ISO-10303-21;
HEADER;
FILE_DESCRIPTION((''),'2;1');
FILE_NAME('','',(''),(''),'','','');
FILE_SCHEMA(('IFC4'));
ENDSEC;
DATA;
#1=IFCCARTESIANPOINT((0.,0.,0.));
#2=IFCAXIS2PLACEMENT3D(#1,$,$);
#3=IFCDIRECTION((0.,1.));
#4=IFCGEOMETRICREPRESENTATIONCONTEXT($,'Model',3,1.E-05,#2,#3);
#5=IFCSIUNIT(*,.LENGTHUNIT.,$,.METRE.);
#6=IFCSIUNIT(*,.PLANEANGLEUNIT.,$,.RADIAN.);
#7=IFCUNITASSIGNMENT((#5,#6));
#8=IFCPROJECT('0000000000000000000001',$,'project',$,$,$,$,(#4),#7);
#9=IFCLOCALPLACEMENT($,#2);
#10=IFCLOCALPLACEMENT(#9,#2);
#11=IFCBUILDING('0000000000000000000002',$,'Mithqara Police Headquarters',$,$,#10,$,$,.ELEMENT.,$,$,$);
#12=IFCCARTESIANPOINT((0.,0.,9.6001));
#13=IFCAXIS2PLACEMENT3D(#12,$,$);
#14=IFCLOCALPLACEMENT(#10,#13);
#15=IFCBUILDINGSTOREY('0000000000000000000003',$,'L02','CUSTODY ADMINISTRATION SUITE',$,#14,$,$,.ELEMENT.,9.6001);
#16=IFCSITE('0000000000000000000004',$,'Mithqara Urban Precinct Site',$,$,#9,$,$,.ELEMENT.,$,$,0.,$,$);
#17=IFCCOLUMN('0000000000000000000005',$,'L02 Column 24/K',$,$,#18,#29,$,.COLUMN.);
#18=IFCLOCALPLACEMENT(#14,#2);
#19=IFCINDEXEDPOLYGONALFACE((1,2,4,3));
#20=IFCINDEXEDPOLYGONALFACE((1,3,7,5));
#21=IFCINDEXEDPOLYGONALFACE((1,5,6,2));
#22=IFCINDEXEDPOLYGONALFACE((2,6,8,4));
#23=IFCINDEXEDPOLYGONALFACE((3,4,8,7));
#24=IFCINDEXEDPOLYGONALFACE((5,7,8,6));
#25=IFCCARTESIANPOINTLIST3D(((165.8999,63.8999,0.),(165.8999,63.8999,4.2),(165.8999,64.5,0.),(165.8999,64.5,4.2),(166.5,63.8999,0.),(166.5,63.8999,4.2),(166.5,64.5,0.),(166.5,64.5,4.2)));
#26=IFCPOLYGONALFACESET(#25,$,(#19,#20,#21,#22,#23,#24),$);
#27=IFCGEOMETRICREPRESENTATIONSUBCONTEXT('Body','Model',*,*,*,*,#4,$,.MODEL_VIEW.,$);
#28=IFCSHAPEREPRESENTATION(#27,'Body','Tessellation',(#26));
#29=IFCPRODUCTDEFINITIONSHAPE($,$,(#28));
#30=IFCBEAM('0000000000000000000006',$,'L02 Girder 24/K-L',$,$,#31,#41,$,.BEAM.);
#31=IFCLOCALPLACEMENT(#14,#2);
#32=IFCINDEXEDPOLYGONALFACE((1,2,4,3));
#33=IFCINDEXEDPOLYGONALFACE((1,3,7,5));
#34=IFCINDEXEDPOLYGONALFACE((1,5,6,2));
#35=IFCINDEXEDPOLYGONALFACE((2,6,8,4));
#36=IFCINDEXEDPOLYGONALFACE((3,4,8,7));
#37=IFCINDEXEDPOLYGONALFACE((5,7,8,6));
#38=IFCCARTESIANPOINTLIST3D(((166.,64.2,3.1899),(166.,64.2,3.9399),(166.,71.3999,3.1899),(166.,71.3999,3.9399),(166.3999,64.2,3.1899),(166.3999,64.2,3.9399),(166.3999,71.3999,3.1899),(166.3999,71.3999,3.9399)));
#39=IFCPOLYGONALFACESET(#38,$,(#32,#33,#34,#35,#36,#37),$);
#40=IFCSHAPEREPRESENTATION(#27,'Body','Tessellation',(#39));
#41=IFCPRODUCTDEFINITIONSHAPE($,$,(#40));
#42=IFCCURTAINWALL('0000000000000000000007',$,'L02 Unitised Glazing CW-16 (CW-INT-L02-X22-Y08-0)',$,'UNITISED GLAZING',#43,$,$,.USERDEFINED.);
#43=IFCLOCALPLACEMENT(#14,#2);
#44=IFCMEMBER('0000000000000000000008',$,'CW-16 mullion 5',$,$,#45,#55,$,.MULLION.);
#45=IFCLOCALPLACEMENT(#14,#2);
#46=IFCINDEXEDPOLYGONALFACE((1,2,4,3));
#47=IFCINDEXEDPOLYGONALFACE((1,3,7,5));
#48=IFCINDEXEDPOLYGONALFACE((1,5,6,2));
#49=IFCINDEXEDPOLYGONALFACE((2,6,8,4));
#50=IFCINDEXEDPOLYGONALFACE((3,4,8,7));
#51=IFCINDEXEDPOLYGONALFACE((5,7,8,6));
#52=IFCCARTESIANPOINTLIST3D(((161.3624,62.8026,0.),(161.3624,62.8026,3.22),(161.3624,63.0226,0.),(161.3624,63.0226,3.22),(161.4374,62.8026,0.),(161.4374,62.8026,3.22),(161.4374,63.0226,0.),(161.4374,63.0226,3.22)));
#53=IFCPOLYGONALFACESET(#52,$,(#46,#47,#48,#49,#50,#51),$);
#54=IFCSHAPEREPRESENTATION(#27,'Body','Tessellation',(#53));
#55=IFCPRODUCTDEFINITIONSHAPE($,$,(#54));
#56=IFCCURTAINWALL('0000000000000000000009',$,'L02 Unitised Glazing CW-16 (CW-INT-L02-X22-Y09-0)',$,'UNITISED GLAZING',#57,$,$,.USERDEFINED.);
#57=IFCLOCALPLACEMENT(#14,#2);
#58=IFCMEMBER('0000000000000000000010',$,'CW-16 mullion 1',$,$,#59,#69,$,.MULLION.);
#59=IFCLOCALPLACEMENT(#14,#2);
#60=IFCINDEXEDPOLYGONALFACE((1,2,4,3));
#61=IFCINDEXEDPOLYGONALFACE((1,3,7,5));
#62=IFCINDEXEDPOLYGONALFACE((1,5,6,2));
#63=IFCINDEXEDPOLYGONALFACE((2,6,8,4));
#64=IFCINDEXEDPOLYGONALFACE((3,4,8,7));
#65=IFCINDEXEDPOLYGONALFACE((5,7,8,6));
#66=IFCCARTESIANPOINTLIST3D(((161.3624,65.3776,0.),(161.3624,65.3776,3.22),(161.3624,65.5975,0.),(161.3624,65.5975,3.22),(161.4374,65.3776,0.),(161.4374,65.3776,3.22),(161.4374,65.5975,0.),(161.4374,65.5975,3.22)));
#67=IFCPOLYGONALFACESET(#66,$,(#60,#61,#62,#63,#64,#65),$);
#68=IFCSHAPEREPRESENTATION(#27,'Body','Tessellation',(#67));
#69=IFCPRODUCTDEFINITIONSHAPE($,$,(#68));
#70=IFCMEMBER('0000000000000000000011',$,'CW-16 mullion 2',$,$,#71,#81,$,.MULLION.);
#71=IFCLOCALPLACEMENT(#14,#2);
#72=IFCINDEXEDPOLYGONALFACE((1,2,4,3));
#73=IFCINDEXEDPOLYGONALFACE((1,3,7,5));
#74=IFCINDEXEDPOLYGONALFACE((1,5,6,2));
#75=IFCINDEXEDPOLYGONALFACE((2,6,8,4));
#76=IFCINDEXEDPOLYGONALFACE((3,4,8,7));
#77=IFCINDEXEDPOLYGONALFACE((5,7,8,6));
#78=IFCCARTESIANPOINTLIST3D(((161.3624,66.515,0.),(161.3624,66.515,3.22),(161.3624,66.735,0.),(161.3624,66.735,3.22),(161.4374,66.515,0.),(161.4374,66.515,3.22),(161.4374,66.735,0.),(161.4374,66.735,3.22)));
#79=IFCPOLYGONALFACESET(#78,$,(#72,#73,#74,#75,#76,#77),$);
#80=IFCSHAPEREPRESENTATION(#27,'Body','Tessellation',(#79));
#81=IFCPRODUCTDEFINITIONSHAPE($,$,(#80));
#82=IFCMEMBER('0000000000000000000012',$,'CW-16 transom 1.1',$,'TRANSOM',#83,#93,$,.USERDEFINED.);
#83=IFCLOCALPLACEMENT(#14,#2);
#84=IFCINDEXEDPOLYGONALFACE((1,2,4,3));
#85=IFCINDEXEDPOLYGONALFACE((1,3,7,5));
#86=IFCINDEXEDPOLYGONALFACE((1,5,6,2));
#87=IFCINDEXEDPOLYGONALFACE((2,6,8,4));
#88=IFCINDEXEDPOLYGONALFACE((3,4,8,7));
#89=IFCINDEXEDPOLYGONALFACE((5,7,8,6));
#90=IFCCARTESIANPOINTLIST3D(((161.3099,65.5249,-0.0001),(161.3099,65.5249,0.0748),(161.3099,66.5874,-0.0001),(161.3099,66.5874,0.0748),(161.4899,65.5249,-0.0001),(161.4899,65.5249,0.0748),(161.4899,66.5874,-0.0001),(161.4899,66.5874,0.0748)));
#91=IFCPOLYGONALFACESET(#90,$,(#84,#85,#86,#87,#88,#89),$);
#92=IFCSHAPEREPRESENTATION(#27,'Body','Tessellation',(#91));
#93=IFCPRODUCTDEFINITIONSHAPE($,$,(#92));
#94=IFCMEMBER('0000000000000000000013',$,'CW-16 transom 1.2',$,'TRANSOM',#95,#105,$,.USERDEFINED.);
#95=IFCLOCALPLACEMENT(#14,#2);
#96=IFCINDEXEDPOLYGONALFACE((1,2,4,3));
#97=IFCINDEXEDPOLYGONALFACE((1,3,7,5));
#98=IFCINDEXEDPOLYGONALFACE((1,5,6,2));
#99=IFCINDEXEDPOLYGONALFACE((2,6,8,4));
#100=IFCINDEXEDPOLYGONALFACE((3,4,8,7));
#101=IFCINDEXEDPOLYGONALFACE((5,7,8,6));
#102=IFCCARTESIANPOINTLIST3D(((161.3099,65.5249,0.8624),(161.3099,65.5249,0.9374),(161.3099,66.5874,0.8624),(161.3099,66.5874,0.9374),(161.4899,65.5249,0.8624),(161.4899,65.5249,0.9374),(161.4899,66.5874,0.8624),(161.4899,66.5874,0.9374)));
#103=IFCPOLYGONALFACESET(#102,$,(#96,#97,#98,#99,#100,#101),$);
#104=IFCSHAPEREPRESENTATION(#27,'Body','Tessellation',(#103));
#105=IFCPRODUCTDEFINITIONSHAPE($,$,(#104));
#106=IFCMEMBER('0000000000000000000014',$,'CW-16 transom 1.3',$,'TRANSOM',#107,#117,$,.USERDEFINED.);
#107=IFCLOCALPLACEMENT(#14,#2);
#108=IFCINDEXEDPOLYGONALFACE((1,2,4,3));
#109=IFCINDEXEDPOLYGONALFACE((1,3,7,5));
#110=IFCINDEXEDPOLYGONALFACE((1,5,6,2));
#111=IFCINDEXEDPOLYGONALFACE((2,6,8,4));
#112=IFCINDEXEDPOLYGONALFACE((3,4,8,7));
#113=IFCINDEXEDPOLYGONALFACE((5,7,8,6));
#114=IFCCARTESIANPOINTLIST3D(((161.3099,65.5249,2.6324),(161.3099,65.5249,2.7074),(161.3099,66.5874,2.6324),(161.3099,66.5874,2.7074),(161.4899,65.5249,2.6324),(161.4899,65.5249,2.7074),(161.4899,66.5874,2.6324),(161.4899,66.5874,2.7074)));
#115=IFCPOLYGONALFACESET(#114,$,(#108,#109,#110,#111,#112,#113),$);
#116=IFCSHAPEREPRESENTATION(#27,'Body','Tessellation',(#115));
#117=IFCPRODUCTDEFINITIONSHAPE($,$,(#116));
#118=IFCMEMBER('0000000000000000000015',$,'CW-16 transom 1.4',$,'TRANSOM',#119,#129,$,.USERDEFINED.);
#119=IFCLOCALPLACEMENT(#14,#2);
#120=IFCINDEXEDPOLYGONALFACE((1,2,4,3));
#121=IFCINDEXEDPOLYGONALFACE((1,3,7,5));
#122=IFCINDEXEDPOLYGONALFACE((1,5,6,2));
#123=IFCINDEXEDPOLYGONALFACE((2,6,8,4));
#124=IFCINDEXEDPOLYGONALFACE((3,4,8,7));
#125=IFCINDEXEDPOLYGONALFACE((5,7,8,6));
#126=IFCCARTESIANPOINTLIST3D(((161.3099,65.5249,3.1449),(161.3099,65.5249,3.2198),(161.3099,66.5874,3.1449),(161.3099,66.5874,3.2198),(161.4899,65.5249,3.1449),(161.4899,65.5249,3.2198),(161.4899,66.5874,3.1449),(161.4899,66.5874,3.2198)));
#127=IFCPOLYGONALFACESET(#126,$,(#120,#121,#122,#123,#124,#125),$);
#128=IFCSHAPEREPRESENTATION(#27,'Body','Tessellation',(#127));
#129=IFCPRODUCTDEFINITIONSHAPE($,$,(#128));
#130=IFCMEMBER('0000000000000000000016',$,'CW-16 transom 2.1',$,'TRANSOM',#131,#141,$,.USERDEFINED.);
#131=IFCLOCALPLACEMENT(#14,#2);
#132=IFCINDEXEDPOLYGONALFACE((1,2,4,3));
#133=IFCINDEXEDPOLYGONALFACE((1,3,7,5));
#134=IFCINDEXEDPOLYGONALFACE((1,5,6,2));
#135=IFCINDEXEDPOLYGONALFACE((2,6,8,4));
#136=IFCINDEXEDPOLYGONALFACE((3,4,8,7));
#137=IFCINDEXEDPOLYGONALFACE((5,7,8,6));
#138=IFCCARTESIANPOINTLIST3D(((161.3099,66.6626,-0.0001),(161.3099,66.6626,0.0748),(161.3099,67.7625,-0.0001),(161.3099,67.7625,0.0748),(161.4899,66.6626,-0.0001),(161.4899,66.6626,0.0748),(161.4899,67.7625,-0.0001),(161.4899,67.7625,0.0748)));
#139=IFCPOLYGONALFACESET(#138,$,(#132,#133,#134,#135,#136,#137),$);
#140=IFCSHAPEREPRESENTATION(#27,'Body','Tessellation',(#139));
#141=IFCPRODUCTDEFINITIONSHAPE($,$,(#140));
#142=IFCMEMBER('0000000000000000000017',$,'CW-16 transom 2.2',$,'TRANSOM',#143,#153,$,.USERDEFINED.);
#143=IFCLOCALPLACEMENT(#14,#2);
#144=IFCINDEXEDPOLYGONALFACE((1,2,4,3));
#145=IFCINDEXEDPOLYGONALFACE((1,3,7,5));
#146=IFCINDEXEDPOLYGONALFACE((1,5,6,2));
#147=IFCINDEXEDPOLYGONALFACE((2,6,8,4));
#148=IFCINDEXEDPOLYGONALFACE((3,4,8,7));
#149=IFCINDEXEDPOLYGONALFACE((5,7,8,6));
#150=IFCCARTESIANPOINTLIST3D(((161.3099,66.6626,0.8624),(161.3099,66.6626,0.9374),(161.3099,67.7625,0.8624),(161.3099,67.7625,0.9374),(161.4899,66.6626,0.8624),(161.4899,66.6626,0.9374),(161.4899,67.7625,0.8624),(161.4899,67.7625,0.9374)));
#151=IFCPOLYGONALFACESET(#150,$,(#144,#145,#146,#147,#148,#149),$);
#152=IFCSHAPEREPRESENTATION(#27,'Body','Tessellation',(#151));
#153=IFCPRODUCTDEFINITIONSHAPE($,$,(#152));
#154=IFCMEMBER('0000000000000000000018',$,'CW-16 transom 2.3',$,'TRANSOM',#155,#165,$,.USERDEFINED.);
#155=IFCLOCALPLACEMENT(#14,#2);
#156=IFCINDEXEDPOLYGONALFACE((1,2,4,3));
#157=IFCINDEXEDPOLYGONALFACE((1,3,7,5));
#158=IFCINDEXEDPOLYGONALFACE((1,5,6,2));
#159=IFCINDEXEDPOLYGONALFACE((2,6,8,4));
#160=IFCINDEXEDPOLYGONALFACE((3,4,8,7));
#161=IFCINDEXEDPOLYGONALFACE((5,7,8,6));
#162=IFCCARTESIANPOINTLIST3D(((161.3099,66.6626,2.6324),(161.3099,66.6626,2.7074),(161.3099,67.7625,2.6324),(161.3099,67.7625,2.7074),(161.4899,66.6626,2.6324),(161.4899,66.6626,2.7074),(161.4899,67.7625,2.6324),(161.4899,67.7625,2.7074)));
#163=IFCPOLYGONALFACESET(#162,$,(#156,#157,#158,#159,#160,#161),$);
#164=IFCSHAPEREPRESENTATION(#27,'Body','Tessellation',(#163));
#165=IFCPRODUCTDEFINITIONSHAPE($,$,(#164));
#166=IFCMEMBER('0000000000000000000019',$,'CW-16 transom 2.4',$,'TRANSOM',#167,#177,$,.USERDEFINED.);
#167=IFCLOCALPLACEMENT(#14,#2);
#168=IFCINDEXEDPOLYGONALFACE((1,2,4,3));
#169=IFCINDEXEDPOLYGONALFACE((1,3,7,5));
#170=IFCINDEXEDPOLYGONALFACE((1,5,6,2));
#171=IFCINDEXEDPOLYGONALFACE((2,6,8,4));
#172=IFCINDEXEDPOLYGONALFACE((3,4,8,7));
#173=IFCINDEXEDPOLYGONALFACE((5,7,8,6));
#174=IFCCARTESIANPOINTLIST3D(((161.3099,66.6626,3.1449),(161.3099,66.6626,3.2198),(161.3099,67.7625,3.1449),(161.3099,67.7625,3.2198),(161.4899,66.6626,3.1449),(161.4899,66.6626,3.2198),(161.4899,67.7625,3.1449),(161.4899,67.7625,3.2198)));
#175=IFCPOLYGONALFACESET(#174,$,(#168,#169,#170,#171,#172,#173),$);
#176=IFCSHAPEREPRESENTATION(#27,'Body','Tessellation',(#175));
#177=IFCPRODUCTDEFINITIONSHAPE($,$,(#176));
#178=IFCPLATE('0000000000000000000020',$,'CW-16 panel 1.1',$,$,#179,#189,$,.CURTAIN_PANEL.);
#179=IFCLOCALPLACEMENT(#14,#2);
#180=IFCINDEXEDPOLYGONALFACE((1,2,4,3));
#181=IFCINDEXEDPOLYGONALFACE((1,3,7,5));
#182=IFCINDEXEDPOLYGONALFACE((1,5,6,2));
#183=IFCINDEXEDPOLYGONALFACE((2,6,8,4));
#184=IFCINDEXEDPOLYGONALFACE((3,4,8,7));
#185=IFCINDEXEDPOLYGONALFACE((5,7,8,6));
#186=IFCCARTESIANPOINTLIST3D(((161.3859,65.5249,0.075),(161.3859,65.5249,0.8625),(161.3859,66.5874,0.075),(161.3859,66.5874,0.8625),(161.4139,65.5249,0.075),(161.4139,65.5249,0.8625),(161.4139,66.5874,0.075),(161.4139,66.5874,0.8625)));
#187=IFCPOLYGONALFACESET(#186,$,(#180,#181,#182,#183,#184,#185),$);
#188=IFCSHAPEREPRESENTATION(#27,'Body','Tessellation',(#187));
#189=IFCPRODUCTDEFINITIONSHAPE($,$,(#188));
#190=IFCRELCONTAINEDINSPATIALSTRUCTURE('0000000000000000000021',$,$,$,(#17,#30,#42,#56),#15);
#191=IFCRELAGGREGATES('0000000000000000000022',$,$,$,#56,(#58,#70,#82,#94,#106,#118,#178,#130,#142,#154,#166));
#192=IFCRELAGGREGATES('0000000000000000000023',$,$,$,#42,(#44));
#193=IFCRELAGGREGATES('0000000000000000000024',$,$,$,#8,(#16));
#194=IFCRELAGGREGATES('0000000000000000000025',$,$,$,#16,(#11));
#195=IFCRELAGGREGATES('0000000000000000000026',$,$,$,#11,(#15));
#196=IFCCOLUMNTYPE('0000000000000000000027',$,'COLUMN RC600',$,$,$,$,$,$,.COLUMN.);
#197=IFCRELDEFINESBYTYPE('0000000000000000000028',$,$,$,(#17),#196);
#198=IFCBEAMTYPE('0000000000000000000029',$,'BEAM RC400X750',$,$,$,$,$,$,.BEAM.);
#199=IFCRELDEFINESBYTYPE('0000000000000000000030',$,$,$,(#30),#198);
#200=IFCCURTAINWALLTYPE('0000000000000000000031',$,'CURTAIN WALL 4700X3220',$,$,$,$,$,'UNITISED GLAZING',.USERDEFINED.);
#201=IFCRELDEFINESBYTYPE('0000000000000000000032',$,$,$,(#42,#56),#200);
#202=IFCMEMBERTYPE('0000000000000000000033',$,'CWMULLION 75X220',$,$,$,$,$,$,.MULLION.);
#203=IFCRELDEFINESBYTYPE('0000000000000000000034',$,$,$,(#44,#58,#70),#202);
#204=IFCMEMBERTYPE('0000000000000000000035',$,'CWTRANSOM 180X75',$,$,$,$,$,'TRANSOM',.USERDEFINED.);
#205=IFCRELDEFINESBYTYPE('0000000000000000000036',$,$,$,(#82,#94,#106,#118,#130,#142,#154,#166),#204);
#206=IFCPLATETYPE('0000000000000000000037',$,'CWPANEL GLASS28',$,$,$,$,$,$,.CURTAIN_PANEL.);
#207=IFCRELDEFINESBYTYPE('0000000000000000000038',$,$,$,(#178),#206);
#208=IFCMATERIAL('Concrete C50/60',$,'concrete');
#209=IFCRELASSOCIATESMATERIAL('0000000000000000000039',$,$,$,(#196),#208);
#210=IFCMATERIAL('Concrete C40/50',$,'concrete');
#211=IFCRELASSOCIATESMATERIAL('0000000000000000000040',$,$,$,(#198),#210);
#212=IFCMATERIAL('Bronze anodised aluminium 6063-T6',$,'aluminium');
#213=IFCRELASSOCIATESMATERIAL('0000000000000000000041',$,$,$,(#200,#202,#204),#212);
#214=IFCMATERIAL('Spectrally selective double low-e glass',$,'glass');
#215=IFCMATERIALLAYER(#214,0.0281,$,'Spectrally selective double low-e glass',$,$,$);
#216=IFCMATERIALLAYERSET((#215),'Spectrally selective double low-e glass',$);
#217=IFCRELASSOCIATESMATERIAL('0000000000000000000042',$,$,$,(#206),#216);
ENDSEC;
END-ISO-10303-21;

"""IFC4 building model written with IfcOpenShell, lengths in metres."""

from ifc_helpers import new_model, si_unit, direction, frame, origin, origin_2d, place, context, subcontext, project, spatial, rectangle, extrude, material, layer, layer_set, material_profile, profile_set, type_object, element, aggregate, save


model = new_model("IFC4")

# Units and contexts
model_context = context("Model", 3, precision=1e-05, world=origin(), true_north=direction((0.0, 1.0)))
body_context = subcontext(model_context, "Body", "Model", "MODEL_VIEW")
ifc_project = project(units=[si_unit("LENGTHUNIT", "METRE"), si_unit("PLANEANGLEUNIT", "RADIAN")], contexts=[model_context])

# Site, building, storey
site_placement = place(None, origin())
site = spatial("IfcSite", under=ifc_project, at=site_placement, Name="Mithqara Urban Precinct Site", CompositionType="ELEMENT", RefElevation=0.0)
building_placement = place(site_placement, origin())
building = spatial("IfcBuilding", under=site, at=building_placement, Name="Mithqara Police Headquarters", CompositionType="ELEMENT")
storey_placement = place(building_placement, frame((0.0, 0.0, 9.6001)))
storey = spatial("IfcBuildingStorey", under=building, at=storey_placement, Name="L02", Description="CUSTODY ADMINISTRATION SUITE", CompositionType="ELEMENT", Elevation=9.6001)

# Column
ifc_material_1 = material(Name="Concrete C50/60", Category="concrete")
ifc_material_profile_1 = material_profile(ifc_material_1, rectangle(XDim=0.6001, YDim=0.6001, at=origin_2d()), Name="RC 600x600")
ifc_profile_set_1 = profile_set([ifc_material_profile_1], Name="Concrete C50/60")
column_type = type_object("IfcColumnType", Name="COLUMN RC600", PredefinedType="COLUMN", material=ifc_profile_set_1)
column_placement = place(storey_placement, frame((166.2, 64.2, 0.0), z_axis=(0.0, 0.0, 1.0), x_axis=(1.0, 0.0, 0.0)))
element("IfcColumn", 1, at=column_placement, inside=storey, type_object=column_type, Name="L02 Column 24/K", PredefinedType="COLUMN", context=body_context, shape_type="SweptSolid", body=[
    extrude(rectangle(XDim=0.6001, YDim=0.6001, at=origin_2d()), origin(), (0.0, 0.0, 1.0), 4.2),
])

# Beam
ifc_material_2 = material(Name="Concrete C40/50", Category="concrete")
ifc_material_profile_2 = material_profile(ifc_material_2, rectangle(XDim=0.3999, YDim=0.75, at=origin_2d()), Name="RC 400x750")
ifc_profile_set_2 = profile_set([ifc_material_profile_2], Name="Concrete C40/50")
beam_type = type_object("IfcBeamType", Name="BEAM RC400X750", PredefinedType="BEAM", material=ifc_profile_set_2)
beam_placement = place(storey_placement, frame((166.2, 64.2, 3.5649), z_axis=(0.0, 1.0, 0.0), x_axis=(-1.0, 0.0, 0.0)))
element("IfcBeam", 2, at=beam_placement, inside=storey, type_object=beam_type, Name="L02 Girder 24/K-L", PredefinedType="BEAM", context=body_context, shape_type="SweptSolid", body=[
    extrude(rectangle(XDim=0.3999, YDim=0.75, at=origin_2d()), origin(), (0.0, 0.0, 1.0), 7.2),
])

# Curtain wall, member
ifc_material_3 = material(Name="Bronze anodised aluminium 6063-T6", Category="aluminium")
curtain_wall_type = type_object("IfcCurtainWallType", Name="CURTAIN WALL 4700X3220", ElementType="UNITISED GLAZING", PredefinedType="USERDEFINED", material=ifc_material_3)
curtain_wall_1_placement = place(storey_placement, origin())
curtain_wall_1 = element("IfcCurtainWall", 3, at=curtain_wall_1_placement, inside=storey, type_object=curtain_wall_type, Name="L02 Unitised Glazing CW-16 (CW-INT-L02-X22-Y08-0)", ObjectType="UNITISED GLAZING", PredefinedType="USERDEFINED")
ifc_material_profile_3 = material_profile(ifc_material_3, rectangle(XDim=0.075, YDim=0.22, at=origin_2d()), Name="CWM 75x220")
ifc_profile_set_3 = profile_set([ifc_material_profile_3], Name="Bronze anodised aluminium 6063-T6")
member_type_1 = type_object("IfcMemberType", Name="CWMULLION 75X220", PredefinedType="MULLION", material=ifc_profile_set_3)
member_1_placement = place(storey_placement, frame((161.3999, 62.9126, 0.0), z_axis=(0.0, 0.0, 1.0), x_axis=(-1.0, 0.0, 0.0)))
member_1 = element("IfcMember", 4, at=member_1_placement, type_object=member_type_1, Name="CW-16 mullion 5", PredefinedType="MULLION", context=body_context, shape_type="SweptSolid", body=[
    extrude(rectangle(XDim=0.075, YDim=0.22, at=origin_2d()), origin(), (0.0, 0.0, 1.0), 3.22),
])

# Curtain wall, members, plate
curtain_wall_2_placement = place(storey_placement, origin())
curtain_wall_2 = element("IfcCurtainWall", 5, at=curtain_wall_2_placement, inside=storey, type_object=curtain_wall_type, Name="L02 Unitised Glazing CW-16 (CW-INT-L02-X22-Y09-0)", ObjectType="UNITISED GLAZING", PredefinedType="USERDEFINED")
member_2_placement = place(storey_placement, frame((161.3999, 65.4875, 0.0), z_axis=(0.0, 0.0, 1.0), x_axis=(-1.0, 0.0, 0.0)))
member_2 = element("IfcMember", 6, at=member_2_placement, type_object=member_type_1, Name="CW-16 mullion 1", PredefinedType="MULLION", context=body_context, shape_type="SweptSolid", body=[
    extrude(rectangle(XDim=0.075, YDim=0.22, at=origin_2d()), origin(), (0.0, 0.0, 1.0), 3.22),
])
member_3_placement = place(storey_placement, frame((161.3999, 66.625, 0.0), z_axis=(0.0, 0.0, 1.0), x_axis=(-1.0, 0.0, 0.0)))
member_3 = element("IfcMember", 7, at=member_3_placement, type_object=member_type_1, Name="CW-16 mullion 2", PredefinedType="MULLION", context=body_context, shape_type="SweptSolid", body=[
    extrude(rectangle(XDim=0.075, YDim=0.22, at=origin_2d()), origin(), (0.0, 0.0, 1.0), 3.22),
])
ifc_material_profile_4 = material_profile(ifc_material_3, rectangle(XDim=0.1799, YDim=0.075, at=origin_2d()), Name="CWT 180x75")
ifc_profile_set_4 = profile_set([ifc_material_profile_4], Name="Bronze anodised aluminium 6063-T6")
member_type_2 = type_object("IfcMemberType", Name="CWTRANSOM 180X75", ElementType="TRANSOM", PredefinedType="USERDEFINED", material=ifc_profile_set_4)
member_4_placement = place(storey_placement, frame((161.3999, 65.5249, 0.0374), z_axis=(0.0, 1.0, 0.0), x_axis=(-1.0, 0.0, 0.0)))
member_4 = element("IfcMember", 8, at=member_4_placement, type_object=member_type_2, Name="CW-16 transom 1.1", ObjectType="TRANSOM", PredefinedType="USERDEFINED", context=body_context, shape_type="SweptSolid", body=[
    extrude(rectangle(XDim=0.1799, YDim=0.075, at=origin_2d()), origin(), (0.0, 0.0, 1.0), 1.0625),
])
member_5_placement = place(storey_placement, frame((161.3999, 65.5249, 0.8999), z_axis=(0.0, 1.0, 0.0), x_axis=(-1.0, 0.0, 0.0)))
member_5 = element("IfcMember", 9, at=member_5_placement, type_object=member_type_2, Name="CW-16 transom 1.2", ObjectType="TRANSOM", PredefinedType="USERDEFINED", context=body_context, shape_type="SweptSolid", body=[
    extrude(rectangle(XDim=0.1799, YDim=0.075, at=origin_2d()), origin(), (0.0, 0.0, 1.0), 1.0625),
])
member_6_placement = place(storey_placement, frame((161.3999, 65.5249, 2.6699), z_axis=(0.0, 1.0, 0.0), x_axis=(-1.0, 0.0, 0.0)))
member_6 = element("IfcMember", 10, at=member_6_placement, type_object=member_type_2, Name="CW-16 transom 1.3", ObjectType="TRANSOM", PredefinedType="USERDEFINED", context=body_context, shape_type="SweptSolid", body=[
    extrude(rectangle(XDim=0.1799, YDim=0.075, at=origin_2d()), origin(), (0.0, 0.0, 1.0), 1.0625),
])
member_7_placement = place(storey_placement, frame((161.3999, 65.5249, 3.1824), z_axis=(0.0, 1.0, 0.0), x_axis=(-1.0, 0.0, 0.0)))
member_7 = element("IfcMember", 11, at=member_7_placement, type_object=member_type_2, Name="CW-16 transom 1.4", ObjectType="TRANSOM", PredefinedType="USERDEFINED", context=body_context, shape_type="SweptSolid", body=[
    extrude(rectangle(XDim=0.1799, YDim=0.075, at=origin_2d()), origin(), (0.0, 0.0, 1.0), 1.0625),
])
member_8_placement = place(storey_placement, frame((161.3999, 66.6626, 0.0374), z_axis=(0.0, 1.0, 0.0), x_axis=(-1.0, 0.0, 0.0)))
member_8 = element("IfcMember", 12, at=member_8_placement, type_object=member_type_2, Name="CW-16 transom 2.1", ObjectType="TRANSOM", PredefinedType="USERDEFINED", context=body_context, shape_type="SweptSolid", body=[
    extrude(rectangle(XDim=0.1799, YDim=0.075, at=origin_2d()), origin(), (0.0, 0.0, 1.0), 1.0999),
])
member_9_placement = place(storey_placement, frame((161.3999, 66.6626, 0.8999), z_axis=(0.0, 1.0, 0.0), x_axis=(-1.0, 0.0, 0.0)))
member_9 = element("IfcMember", 13, at=member_9_placement, type_object=member_type_2, Name="CW-16 transom 2.2", ObjectType="TRANSOM", PredefinedType="USERDEFINED", context=body_context, shape_type="SweptSolid", body=[
    extrude(rectangle(XDim=0.1799, YDim=0.075, at=origin_2d()), origin(), (0.0, 0.0, 1.0), 1.0999),
])
member_10_placement = place(storey_placement, frame((161.3999, 66.6626, 2.6699), z_axis=(0.0, 1.0, 0.0), x_axis=(-1.0, 0.0, 0.0)))
member_10 = element("IfcMember", 14, at=member_10_placement, type_object=member_type_2, Name="CW-16 transom 2.3", ObjectType="TRANSOM", PredefinedType="USERDEFINED", context=body_context, shape_type="SweptSolid", body=[
    extrude(rectangle(XDim=0.1799, YDim=0.075, at=origin_2d()), origin(), (0.0, 0.0, 1.0), 1.0999),
])
member_11_placement = place(storey_placement, frame((161.3999, 66.6626, 3.1824), z_axis=(0.0, 1.0, 0.0), x_axis=(-1.0, 0.0, 0.0)))
member_11 = element("IfcMember", 15, at=member_11_placement, type_object=member_type_2, Name="CW-16 transom 2.4", ObjectType="TRANSOM", PredefinedType="USERDEFINED", context=body_context, shape_type="SweptSolid", body=[
    extrude(rectangle(XDim=0.1799, YDim=0.075, at=origin_2d()), origin(), (0.0, 0.0, 1.0), 1.0999),
])
ifc_material_4 = material(Name="Spectrally selective double low-e glass", Category="glass")
ifc_layer_1 = layer(ifc_material_4, 0.0281, Name="Spectrally selective double low-e glass")
ifc_layer_set_1 = layer_set([ifc_layer_1], Name="Spectrally selective double low-e glass")
plate_type_1 = type_object("IfcPlateType", Name="CWPANEL GLASS28", PredefinedType="CURTAIN_PANEL", material=ifc_layer_set_1)
plate_1_placement = place(storey_placement, frame((161.3999, 66.0562, 0.075), z_axis=(0.0, 0.0, 1.0), x_axis=(0.0, 1.0, 0.0)))
plate_1 = element("IfcPlate", 16, at=plate_1_placement, type_object=plate_type_1, Name="CW-16 panel 1.1", PredefinedType="CURTAIN_PANEL", context=body_context, shape_type="SweptSolid", body=[
    extrude(rectangle(XDim=1.0625, YDim=0.0281, at=origin_2d()), origin(), (0.0, 0.0, 1.0), 0.7876),
])
aggregate(curtain_wall_2, [member_2, member_3, member_4, member_5, member_6, member_7, plate_1, member_8, member_9, member_10, member_11])

aggregate(curtain_wall_1, [member_1])

save(model, "model.ifc")
